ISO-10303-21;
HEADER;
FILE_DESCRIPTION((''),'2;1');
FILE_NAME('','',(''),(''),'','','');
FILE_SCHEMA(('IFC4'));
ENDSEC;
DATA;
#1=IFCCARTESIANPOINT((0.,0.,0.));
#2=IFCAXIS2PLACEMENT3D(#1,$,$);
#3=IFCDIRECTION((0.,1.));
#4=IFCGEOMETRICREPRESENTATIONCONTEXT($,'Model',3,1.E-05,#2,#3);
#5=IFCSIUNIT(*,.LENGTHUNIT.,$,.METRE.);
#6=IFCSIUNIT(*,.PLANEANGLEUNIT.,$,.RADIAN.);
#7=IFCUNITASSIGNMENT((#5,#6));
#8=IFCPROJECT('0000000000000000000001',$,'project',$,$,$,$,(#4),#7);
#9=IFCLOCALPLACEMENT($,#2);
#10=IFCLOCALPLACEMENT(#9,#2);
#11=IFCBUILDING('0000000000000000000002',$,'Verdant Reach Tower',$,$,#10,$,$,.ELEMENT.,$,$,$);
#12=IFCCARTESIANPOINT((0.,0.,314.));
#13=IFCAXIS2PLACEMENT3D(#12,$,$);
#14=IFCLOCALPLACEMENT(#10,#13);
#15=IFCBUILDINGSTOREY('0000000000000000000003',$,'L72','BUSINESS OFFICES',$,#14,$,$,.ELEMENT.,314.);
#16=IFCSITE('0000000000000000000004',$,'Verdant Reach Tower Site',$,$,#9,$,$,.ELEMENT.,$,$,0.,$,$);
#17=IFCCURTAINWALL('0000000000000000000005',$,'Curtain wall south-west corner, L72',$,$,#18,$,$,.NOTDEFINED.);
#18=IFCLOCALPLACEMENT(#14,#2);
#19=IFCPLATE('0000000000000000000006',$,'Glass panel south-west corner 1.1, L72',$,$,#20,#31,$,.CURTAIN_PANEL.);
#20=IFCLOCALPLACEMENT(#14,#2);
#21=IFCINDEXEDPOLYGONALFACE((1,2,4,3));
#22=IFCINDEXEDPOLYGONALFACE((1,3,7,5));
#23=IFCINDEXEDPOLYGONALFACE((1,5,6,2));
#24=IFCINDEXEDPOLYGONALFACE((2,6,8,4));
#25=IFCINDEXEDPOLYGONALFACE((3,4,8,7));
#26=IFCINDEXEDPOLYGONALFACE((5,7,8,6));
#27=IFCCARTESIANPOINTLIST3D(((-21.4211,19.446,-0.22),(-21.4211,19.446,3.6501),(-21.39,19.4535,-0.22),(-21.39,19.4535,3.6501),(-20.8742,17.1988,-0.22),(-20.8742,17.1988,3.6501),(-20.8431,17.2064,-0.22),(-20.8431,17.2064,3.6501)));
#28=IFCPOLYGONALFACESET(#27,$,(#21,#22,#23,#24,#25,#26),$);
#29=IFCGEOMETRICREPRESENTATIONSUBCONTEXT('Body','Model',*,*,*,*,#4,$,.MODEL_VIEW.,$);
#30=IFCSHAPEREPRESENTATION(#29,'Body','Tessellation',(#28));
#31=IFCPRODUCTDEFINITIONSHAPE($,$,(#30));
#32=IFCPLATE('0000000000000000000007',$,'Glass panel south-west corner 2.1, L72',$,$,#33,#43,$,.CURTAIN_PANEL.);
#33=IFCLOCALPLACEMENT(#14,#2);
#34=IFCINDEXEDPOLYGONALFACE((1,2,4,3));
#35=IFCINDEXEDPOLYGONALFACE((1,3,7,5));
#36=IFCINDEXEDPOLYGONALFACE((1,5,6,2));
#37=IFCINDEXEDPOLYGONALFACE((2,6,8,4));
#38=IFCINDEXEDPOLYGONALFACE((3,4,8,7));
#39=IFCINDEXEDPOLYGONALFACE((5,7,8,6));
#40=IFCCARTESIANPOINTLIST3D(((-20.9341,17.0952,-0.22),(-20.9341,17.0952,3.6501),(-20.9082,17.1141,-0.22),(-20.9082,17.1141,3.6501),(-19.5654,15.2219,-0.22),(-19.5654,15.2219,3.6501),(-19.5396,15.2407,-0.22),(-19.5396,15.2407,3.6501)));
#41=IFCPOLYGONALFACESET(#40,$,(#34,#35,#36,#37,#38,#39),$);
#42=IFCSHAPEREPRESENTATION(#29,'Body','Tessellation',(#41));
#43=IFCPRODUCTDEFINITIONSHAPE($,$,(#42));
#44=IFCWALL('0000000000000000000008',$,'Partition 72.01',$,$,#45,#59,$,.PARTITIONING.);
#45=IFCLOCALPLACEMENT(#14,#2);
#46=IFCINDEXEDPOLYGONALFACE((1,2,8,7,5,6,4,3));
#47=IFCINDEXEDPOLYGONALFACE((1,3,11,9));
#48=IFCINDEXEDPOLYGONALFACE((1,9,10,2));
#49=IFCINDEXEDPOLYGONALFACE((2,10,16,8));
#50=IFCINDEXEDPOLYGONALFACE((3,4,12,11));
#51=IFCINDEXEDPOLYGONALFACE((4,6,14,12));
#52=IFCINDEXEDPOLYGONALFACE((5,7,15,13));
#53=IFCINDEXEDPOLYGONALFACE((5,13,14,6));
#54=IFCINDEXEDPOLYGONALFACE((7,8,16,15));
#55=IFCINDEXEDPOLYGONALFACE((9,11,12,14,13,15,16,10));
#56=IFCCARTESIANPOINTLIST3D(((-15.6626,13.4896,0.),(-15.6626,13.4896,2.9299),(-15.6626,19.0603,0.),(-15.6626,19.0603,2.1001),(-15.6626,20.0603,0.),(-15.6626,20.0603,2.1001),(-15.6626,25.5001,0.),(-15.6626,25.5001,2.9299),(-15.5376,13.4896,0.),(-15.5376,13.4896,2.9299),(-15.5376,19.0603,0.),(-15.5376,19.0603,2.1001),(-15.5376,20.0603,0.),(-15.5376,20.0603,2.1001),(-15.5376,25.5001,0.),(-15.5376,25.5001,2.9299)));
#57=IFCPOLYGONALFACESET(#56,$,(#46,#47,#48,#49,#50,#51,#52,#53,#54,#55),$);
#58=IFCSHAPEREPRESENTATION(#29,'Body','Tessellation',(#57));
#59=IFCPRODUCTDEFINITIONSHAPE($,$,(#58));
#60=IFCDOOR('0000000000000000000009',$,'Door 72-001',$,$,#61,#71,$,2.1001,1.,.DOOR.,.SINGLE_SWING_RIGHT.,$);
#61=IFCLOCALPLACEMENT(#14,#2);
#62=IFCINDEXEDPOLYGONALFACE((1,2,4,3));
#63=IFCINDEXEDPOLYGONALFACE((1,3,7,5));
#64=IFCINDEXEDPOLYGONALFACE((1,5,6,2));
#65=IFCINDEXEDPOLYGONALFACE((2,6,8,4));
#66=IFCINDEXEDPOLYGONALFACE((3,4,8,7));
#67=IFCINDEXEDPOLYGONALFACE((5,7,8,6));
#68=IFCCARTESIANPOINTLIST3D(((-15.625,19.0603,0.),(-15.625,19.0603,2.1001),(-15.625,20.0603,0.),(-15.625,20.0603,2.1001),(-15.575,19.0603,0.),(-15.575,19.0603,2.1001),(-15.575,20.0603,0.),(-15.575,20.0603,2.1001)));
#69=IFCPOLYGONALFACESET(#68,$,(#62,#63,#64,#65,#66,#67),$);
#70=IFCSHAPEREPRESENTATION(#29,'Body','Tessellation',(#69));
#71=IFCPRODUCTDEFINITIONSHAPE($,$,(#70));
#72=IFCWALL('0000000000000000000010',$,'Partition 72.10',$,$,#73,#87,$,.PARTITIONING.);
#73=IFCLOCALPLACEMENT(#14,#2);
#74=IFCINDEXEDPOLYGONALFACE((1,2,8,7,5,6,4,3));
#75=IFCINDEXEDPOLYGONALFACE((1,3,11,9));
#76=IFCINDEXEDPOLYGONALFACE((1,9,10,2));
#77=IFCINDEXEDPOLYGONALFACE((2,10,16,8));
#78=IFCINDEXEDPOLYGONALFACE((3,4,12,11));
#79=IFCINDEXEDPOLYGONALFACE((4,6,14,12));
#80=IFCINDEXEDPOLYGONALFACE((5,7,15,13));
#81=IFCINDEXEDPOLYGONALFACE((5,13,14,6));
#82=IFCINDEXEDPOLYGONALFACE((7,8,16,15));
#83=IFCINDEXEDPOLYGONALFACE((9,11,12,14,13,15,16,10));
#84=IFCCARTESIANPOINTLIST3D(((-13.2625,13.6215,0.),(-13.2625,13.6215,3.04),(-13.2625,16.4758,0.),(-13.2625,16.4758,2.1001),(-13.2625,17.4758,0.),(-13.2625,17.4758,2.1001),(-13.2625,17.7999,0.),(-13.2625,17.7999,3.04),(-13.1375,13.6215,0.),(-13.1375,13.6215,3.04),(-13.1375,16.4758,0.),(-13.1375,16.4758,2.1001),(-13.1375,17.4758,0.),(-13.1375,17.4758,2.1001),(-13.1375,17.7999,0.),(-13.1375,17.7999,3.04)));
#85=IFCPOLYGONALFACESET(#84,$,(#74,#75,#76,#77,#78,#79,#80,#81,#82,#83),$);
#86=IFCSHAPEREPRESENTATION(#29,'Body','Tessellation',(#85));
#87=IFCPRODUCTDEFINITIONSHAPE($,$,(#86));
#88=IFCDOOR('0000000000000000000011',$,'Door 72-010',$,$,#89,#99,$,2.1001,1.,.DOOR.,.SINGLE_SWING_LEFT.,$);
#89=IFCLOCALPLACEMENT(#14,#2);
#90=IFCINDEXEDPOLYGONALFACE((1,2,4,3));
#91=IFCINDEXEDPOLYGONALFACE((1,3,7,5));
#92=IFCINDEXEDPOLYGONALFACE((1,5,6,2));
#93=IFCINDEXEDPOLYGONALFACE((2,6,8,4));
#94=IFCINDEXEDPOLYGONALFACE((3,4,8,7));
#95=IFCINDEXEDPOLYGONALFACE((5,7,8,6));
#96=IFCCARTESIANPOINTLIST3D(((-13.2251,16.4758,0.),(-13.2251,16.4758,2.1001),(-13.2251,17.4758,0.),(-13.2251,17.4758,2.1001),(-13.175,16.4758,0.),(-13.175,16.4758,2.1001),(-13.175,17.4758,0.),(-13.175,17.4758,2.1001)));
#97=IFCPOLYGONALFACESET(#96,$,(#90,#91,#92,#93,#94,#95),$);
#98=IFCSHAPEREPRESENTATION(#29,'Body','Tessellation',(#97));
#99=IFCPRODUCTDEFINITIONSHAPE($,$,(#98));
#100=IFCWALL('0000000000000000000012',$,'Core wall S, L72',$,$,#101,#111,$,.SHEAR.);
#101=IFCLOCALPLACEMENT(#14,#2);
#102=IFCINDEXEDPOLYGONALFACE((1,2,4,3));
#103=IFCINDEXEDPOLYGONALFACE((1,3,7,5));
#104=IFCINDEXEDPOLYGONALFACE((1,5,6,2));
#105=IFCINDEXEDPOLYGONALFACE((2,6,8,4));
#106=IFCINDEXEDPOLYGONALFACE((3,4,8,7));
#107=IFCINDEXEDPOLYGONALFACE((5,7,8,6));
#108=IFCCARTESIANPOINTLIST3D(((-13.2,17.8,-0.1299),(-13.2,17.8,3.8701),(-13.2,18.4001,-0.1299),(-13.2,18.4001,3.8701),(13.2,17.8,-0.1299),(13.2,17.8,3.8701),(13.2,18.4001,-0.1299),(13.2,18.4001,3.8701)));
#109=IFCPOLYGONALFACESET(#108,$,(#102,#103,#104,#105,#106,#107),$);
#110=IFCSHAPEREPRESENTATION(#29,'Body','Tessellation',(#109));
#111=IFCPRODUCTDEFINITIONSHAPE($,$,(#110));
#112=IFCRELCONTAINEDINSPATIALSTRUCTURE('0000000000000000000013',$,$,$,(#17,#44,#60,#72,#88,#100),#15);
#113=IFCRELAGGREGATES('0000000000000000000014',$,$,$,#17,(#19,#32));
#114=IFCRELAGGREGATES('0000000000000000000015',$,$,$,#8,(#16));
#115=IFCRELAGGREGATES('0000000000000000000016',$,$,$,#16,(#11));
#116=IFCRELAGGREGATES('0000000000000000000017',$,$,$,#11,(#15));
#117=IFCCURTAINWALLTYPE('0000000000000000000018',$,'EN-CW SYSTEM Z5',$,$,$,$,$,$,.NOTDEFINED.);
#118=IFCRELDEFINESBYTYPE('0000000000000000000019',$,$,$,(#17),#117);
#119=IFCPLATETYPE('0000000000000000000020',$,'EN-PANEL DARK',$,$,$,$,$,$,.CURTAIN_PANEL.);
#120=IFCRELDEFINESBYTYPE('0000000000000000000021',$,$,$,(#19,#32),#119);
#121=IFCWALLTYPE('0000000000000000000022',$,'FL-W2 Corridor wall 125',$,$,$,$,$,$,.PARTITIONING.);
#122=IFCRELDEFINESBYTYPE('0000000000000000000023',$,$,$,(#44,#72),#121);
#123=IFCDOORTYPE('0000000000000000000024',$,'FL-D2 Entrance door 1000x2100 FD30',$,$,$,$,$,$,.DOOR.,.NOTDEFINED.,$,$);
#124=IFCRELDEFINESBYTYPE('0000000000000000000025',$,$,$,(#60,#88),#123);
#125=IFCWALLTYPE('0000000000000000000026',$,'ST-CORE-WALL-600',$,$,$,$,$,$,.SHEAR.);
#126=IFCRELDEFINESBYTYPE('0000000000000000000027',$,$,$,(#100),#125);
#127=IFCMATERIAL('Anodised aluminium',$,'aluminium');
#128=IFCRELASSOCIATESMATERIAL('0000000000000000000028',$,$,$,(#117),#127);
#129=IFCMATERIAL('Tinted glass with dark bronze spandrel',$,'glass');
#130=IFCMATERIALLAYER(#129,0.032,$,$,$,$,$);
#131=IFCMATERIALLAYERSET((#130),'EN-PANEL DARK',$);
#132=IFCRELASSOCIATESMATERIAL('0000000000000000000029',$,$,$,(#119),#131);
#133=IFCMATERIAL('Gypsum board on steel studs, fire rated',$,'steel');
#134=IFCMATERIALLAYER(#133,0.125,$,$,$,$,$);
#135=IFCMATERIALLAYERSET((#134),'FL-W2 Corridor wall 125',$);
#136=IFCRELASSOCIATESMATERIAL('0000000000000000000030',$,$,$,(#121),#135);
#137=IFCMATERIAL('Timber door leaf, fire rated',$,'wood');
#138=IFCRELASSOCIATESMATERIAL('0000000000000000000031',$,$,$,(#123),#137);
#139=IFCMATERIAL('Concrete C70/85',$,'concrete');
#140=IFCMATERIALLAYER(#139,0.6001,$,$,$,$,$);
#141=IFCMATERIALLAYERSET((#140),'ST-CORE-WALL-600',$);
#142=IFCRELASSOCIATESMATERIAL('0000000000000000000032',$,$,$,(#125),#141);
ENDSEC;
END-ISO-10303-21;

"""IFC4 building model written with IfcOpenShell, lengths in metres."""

from ifc_helpers import new_model, si_unit, direction, frame, frame_2d, origin, origin_2d, place, context, subcontext, project, spatial, rectangle, extrude, material, layer, layer_set, type_object, element, fill, aggregate, save


model = new_model("IFC4")

# Units and contexts
model_context = context("Model", 3, precision=1e-05, world=origin(), true_north=direction((0.0, 1.0)))
body_context = subcontext(model_context, "Body", "Model", "MODEL_VIEW")
ifc_project = project(units=[si_unit("LENGTHUNIT", "METRE"), si_unit("PLANEANGLEUNIT", "RADIAN")], contexts=[model_context])

# Site, building, storey
site_placement = place(None, origin())
site = spatial("IfcSite", under=ifc_project, at=site_placement, Name="Verdant Reach Tower Site", CompositionType="ELEMENT", RefElevation=0.0)
building_placement = place(site_placement, origin())
building = spatial("IfcBuilding", under=site, at=building_placement, Name="Verdant Reach Tower", CompositionType="ELEMENT")
storey_placement = place(building_placement, frame((0.0, 0.0, 314.0)))
storey = spatial("IfcBuildingStorey", under=building, at=storey_placement, Name="L72", Description="BUSINESS OFFICES", CompositionType="ELEMENT", Elevation=314.0)

# Shared definitions
ifc_material_1 = material(Name="Anodised aluminium", Category="aluminium")
curtain_wall_type = type_object("IfcCurtainWallType", Name="EN-CW SYSTEM Z5", PredefinedType="NOTDEFINED", material=ifc_material_1)

# Curtain wall
curtain_wall_1_placement = place(storey_placement, origin())
curtain_wall_1 = element("IfcCurtainWall", 1, at=curtain_wall_1_placement, inside=storey, type_object=curtain_wall_type, Name="Curtain wall south-west corner, L72", PredefinedType="NOTDEFINED")

# Plates
ifc_material_2 = material(Name="Tinted glass with dark bronze spandrel", Category="glass")
ifc_layer_1 = layer(ifc_material_2, 0.032)
ifc_layer_set_1 = layer_set([ifc_layer_1], Name="EN-PANEL DARK")
plate_type_1 = type_object("IfcPlateType", Name="EN-PANEL DARK", PredefinedType="CURTAIN_PANEL", material=ifc_layer_set_1)
plate_1_placement = place(storey_placement, frame((-21.1321, 18.3262, -0.22), z_axis=(0.0, 0.0, 1.0), x_axis=(0.236471, -0.971638, 0.0)))
plate_1 = element("IfcPlate", 2, at=plate_1_placement, type_object=plate_type_1, Name="Glass panel south-west corner 1.1, L72", PredefinedType="CURTAIN_PANEL", context=body_context, shape_type="SweptSolid", body=[
    extrude(rectangle(XDim=2.3127, YDim=0.032, at=origin_2d()), origin(), (0.0, 0.0, 1.0), 3.8701),
])
plate_2_placement = place(storey_placement, frame((-20.2368, 16.168, -0.22), z_axis=(0.0, 0.0, 1.0), x_axis=(0.589927, -0.807457, 0.0)))
plate_2 = element("IfcPlate", 3, at=plate_2_placement, type_object=plate_type_1, Name="Glass panel south-west corner 2.1, L72", PredefinedType="CURTAIN_PANEL", context=body_context, shape_type="SweptSolid", body=[
    extrude(rectangle(XDim=2.3201, YDim=0.032, at=origin_2d()), origin(), (0.0, 0.0, 1.0), 3.8701),
])
aggregate(curtain_wall_1, [plate_1, plate_2])

# Walls, openings, doors
ifc_material_3 = material(Name="Gypsum board on steel studs, fire rated", Category="steel")
ifc_layer_2 = layer(ifc_material_3, 0.125)
ifc_layer_set_2 = layer_set([ifc_layer_2], Name="FL-W2 Corridor wall 125")
wall_type_1 = type_object("IfcWallType", Name="FL-W2 Corridor wall 125", PredefinedType="PARTITIONING", material=ifc_layer_set_2)
wall_1_placement = place(storey_placement, frame((-15.6001, 13.4895, 0.0), z_axis=(0.0, 0.0, 1.0), x_axis=(0.0, 1.0, 0.0)))
wall_1 = element("IfcWall", 4, at=wall_1_placement, inside=storey, type_object=wall_type_1, Name="Partition 72.01", PredefinedType="PARTITIONING", context=body_context, shape_type="SweptSolid", body=[
    extrude(rectangle(XDim=12.0105, YDim=0.125, at=frame_2d((6.0054, 0.0))), origin(), (0.0, 0.0, 1.0), 2.9299),
])
opening_1_placement = place(wall_1_placement, frame((5.5708, 0.0, 0.0)))
opening_1 = element("IfcOpeningElement", 5, at=opening_1_placement, cuts=wall_1, PredefinedType="OPENING", context=body_context, shape_type="SweptSolid", body=[
    extrude(rectangle(XDim=1.0, YDim=2.1001, at=frame_2d((0.5, 1.05))), frame((0.0, 0.0725, 0.0), z_axis=(0.0, -1.0, 0.0), x_axis=(1.0, 0.0, 0.0)), (0.0, 0.0, 1.0), 0.145),
])
ifc_material_4 = material(Name="Timber door leaf, fire rated", Category="wood")
door_type = type_object("IfcDoorType", Name="FL-D2 Entrance door 1000x2100 FD30", OperationType="NOTDEFINED", PredefinedType="DOOR", material=ifc_material_4)
door_1_placement = place(opening_1_placement, origin())
door_1 = element("IfcDoor", 6, at=door_1_placement, inside=storey, type_object=door_type, Name="Door 72-001", OperationType="SINGLE_SWING_RIGHT", OverallHeight=2.1001, OverallWidth=1.0, PredefinedType="DOOR", context=body_context, shape_type="SweptSolid", body=[
    extrude(rectangle(XDim=1.0, YDim=2.1001, at=frame_2d((0.5, 1.05))), frame((0.0, 0.0249, 0.0), z_axis=(0.0, -1.0, 0.0), x_axis=(1.0, 0.0, 0.0)), (0.0, 0.0, 1.0), 0.05),
])
fill(opening_1, door_1)
wall_2_placement = place(storey_placement, frame((-13.2, 17.8, 0.0), z_axis=(0.0, 0.0, 1.0), x_axis=(0.0, -1.0, 0.0)))
wall_2 = element("IfcWall", 7, at=wall_2_placement, inside=storey, type_object=wall_type_1, Name="Partition 72.10", PredefinedType="PARTITIONING", context=body_context, shape_type="SweptSolid", body=[
    extrude(rectangle(XDim=4.1785, YDim=0.125, at=frame_2d((2.0894, 0.0))), origin(), (0.0, 0.0, 1.0), 3.04),
])
opening_2_placement = place(wall_2_placement, frame((0.3242, 0.0, 0.0)))
opening_2 = element("IfcOpeningElement", 8, at=opening_2_placement, cuts=wall_2, PredefinedType="OPENING", context=body_context, shape_type="SweptSolid", body=[
    extrude(rectangle(XDim=1.0, YDim=2.1001, at=frame_2d((0.5, 1.05))), frame((0.0, 0.0725, 0.0), z_axis=(0.0, -1.0, 0.0), x_axis=(1.0, 0.0, 0.0)), (0.0, 0.0, 1.0), 0.145),
])
door_2_placement = place(opening_2_placement, origin())
door_2 = element("IfcDoor", 9, at=door_2_placement, inside=storey, type_object=door_type, Name="Door 72-010", OperationType="SINGLE_SWING_LEFT", OverallHeight=2.1001, OverallWidth=1.0, PredefinedType="DOOR", context=body_context, shape_type="SweptSolid", body=[
    extrude(rectangle(XDim=1.0, YDim=2.1001, at=frame_2d((0.5, 1.05))), frame((0.0, 0.0249, 0.0), z_axis=(0.0, -1.0, 0.0), x_axis=(1.0, 0.0, 0.0)), (0.0, 0.0, 1.0), 0.05),
])
fill(opening_2, door_2)

# Wall
ifc_material_5 = material(Name="Concrete C70/85", Category="concrete")
ifc_layer_3 = layer(ifc_material_5, 0.6001)
ifc_layer_set_3 = layer_set([ifc_layer_3], Name="ST-CORE-WALL-600")
wall_type_2 = type_object("IfcWallType", Name="ST-CORE-WALL-600", PredefinedType="SHEAR", material=ifc_layer_set_3)
wall_3_placement = place(storey_placement, frame((-13.2, 18.1001, -0.1299), z_axis=(0.0, 0.0, 1.0), x_axis=(1.0, 0.0, 0.0)))
element("IfcWall", 10, at=wall_3_placement, inside=storey, type_object=wall_type_2, Name="Core wall S, L72", PredefinedType="SHEAR", context=body_context, shape_type="SweptSolid", body=[
    extrude(rectangle(XDim=26.3999, YDim=0.6001, at=frame_2d((13.2, 0.0))), origin(), (0.0, 0.0, 1.0), 4.0),
])

save(model, "model.ifc")
